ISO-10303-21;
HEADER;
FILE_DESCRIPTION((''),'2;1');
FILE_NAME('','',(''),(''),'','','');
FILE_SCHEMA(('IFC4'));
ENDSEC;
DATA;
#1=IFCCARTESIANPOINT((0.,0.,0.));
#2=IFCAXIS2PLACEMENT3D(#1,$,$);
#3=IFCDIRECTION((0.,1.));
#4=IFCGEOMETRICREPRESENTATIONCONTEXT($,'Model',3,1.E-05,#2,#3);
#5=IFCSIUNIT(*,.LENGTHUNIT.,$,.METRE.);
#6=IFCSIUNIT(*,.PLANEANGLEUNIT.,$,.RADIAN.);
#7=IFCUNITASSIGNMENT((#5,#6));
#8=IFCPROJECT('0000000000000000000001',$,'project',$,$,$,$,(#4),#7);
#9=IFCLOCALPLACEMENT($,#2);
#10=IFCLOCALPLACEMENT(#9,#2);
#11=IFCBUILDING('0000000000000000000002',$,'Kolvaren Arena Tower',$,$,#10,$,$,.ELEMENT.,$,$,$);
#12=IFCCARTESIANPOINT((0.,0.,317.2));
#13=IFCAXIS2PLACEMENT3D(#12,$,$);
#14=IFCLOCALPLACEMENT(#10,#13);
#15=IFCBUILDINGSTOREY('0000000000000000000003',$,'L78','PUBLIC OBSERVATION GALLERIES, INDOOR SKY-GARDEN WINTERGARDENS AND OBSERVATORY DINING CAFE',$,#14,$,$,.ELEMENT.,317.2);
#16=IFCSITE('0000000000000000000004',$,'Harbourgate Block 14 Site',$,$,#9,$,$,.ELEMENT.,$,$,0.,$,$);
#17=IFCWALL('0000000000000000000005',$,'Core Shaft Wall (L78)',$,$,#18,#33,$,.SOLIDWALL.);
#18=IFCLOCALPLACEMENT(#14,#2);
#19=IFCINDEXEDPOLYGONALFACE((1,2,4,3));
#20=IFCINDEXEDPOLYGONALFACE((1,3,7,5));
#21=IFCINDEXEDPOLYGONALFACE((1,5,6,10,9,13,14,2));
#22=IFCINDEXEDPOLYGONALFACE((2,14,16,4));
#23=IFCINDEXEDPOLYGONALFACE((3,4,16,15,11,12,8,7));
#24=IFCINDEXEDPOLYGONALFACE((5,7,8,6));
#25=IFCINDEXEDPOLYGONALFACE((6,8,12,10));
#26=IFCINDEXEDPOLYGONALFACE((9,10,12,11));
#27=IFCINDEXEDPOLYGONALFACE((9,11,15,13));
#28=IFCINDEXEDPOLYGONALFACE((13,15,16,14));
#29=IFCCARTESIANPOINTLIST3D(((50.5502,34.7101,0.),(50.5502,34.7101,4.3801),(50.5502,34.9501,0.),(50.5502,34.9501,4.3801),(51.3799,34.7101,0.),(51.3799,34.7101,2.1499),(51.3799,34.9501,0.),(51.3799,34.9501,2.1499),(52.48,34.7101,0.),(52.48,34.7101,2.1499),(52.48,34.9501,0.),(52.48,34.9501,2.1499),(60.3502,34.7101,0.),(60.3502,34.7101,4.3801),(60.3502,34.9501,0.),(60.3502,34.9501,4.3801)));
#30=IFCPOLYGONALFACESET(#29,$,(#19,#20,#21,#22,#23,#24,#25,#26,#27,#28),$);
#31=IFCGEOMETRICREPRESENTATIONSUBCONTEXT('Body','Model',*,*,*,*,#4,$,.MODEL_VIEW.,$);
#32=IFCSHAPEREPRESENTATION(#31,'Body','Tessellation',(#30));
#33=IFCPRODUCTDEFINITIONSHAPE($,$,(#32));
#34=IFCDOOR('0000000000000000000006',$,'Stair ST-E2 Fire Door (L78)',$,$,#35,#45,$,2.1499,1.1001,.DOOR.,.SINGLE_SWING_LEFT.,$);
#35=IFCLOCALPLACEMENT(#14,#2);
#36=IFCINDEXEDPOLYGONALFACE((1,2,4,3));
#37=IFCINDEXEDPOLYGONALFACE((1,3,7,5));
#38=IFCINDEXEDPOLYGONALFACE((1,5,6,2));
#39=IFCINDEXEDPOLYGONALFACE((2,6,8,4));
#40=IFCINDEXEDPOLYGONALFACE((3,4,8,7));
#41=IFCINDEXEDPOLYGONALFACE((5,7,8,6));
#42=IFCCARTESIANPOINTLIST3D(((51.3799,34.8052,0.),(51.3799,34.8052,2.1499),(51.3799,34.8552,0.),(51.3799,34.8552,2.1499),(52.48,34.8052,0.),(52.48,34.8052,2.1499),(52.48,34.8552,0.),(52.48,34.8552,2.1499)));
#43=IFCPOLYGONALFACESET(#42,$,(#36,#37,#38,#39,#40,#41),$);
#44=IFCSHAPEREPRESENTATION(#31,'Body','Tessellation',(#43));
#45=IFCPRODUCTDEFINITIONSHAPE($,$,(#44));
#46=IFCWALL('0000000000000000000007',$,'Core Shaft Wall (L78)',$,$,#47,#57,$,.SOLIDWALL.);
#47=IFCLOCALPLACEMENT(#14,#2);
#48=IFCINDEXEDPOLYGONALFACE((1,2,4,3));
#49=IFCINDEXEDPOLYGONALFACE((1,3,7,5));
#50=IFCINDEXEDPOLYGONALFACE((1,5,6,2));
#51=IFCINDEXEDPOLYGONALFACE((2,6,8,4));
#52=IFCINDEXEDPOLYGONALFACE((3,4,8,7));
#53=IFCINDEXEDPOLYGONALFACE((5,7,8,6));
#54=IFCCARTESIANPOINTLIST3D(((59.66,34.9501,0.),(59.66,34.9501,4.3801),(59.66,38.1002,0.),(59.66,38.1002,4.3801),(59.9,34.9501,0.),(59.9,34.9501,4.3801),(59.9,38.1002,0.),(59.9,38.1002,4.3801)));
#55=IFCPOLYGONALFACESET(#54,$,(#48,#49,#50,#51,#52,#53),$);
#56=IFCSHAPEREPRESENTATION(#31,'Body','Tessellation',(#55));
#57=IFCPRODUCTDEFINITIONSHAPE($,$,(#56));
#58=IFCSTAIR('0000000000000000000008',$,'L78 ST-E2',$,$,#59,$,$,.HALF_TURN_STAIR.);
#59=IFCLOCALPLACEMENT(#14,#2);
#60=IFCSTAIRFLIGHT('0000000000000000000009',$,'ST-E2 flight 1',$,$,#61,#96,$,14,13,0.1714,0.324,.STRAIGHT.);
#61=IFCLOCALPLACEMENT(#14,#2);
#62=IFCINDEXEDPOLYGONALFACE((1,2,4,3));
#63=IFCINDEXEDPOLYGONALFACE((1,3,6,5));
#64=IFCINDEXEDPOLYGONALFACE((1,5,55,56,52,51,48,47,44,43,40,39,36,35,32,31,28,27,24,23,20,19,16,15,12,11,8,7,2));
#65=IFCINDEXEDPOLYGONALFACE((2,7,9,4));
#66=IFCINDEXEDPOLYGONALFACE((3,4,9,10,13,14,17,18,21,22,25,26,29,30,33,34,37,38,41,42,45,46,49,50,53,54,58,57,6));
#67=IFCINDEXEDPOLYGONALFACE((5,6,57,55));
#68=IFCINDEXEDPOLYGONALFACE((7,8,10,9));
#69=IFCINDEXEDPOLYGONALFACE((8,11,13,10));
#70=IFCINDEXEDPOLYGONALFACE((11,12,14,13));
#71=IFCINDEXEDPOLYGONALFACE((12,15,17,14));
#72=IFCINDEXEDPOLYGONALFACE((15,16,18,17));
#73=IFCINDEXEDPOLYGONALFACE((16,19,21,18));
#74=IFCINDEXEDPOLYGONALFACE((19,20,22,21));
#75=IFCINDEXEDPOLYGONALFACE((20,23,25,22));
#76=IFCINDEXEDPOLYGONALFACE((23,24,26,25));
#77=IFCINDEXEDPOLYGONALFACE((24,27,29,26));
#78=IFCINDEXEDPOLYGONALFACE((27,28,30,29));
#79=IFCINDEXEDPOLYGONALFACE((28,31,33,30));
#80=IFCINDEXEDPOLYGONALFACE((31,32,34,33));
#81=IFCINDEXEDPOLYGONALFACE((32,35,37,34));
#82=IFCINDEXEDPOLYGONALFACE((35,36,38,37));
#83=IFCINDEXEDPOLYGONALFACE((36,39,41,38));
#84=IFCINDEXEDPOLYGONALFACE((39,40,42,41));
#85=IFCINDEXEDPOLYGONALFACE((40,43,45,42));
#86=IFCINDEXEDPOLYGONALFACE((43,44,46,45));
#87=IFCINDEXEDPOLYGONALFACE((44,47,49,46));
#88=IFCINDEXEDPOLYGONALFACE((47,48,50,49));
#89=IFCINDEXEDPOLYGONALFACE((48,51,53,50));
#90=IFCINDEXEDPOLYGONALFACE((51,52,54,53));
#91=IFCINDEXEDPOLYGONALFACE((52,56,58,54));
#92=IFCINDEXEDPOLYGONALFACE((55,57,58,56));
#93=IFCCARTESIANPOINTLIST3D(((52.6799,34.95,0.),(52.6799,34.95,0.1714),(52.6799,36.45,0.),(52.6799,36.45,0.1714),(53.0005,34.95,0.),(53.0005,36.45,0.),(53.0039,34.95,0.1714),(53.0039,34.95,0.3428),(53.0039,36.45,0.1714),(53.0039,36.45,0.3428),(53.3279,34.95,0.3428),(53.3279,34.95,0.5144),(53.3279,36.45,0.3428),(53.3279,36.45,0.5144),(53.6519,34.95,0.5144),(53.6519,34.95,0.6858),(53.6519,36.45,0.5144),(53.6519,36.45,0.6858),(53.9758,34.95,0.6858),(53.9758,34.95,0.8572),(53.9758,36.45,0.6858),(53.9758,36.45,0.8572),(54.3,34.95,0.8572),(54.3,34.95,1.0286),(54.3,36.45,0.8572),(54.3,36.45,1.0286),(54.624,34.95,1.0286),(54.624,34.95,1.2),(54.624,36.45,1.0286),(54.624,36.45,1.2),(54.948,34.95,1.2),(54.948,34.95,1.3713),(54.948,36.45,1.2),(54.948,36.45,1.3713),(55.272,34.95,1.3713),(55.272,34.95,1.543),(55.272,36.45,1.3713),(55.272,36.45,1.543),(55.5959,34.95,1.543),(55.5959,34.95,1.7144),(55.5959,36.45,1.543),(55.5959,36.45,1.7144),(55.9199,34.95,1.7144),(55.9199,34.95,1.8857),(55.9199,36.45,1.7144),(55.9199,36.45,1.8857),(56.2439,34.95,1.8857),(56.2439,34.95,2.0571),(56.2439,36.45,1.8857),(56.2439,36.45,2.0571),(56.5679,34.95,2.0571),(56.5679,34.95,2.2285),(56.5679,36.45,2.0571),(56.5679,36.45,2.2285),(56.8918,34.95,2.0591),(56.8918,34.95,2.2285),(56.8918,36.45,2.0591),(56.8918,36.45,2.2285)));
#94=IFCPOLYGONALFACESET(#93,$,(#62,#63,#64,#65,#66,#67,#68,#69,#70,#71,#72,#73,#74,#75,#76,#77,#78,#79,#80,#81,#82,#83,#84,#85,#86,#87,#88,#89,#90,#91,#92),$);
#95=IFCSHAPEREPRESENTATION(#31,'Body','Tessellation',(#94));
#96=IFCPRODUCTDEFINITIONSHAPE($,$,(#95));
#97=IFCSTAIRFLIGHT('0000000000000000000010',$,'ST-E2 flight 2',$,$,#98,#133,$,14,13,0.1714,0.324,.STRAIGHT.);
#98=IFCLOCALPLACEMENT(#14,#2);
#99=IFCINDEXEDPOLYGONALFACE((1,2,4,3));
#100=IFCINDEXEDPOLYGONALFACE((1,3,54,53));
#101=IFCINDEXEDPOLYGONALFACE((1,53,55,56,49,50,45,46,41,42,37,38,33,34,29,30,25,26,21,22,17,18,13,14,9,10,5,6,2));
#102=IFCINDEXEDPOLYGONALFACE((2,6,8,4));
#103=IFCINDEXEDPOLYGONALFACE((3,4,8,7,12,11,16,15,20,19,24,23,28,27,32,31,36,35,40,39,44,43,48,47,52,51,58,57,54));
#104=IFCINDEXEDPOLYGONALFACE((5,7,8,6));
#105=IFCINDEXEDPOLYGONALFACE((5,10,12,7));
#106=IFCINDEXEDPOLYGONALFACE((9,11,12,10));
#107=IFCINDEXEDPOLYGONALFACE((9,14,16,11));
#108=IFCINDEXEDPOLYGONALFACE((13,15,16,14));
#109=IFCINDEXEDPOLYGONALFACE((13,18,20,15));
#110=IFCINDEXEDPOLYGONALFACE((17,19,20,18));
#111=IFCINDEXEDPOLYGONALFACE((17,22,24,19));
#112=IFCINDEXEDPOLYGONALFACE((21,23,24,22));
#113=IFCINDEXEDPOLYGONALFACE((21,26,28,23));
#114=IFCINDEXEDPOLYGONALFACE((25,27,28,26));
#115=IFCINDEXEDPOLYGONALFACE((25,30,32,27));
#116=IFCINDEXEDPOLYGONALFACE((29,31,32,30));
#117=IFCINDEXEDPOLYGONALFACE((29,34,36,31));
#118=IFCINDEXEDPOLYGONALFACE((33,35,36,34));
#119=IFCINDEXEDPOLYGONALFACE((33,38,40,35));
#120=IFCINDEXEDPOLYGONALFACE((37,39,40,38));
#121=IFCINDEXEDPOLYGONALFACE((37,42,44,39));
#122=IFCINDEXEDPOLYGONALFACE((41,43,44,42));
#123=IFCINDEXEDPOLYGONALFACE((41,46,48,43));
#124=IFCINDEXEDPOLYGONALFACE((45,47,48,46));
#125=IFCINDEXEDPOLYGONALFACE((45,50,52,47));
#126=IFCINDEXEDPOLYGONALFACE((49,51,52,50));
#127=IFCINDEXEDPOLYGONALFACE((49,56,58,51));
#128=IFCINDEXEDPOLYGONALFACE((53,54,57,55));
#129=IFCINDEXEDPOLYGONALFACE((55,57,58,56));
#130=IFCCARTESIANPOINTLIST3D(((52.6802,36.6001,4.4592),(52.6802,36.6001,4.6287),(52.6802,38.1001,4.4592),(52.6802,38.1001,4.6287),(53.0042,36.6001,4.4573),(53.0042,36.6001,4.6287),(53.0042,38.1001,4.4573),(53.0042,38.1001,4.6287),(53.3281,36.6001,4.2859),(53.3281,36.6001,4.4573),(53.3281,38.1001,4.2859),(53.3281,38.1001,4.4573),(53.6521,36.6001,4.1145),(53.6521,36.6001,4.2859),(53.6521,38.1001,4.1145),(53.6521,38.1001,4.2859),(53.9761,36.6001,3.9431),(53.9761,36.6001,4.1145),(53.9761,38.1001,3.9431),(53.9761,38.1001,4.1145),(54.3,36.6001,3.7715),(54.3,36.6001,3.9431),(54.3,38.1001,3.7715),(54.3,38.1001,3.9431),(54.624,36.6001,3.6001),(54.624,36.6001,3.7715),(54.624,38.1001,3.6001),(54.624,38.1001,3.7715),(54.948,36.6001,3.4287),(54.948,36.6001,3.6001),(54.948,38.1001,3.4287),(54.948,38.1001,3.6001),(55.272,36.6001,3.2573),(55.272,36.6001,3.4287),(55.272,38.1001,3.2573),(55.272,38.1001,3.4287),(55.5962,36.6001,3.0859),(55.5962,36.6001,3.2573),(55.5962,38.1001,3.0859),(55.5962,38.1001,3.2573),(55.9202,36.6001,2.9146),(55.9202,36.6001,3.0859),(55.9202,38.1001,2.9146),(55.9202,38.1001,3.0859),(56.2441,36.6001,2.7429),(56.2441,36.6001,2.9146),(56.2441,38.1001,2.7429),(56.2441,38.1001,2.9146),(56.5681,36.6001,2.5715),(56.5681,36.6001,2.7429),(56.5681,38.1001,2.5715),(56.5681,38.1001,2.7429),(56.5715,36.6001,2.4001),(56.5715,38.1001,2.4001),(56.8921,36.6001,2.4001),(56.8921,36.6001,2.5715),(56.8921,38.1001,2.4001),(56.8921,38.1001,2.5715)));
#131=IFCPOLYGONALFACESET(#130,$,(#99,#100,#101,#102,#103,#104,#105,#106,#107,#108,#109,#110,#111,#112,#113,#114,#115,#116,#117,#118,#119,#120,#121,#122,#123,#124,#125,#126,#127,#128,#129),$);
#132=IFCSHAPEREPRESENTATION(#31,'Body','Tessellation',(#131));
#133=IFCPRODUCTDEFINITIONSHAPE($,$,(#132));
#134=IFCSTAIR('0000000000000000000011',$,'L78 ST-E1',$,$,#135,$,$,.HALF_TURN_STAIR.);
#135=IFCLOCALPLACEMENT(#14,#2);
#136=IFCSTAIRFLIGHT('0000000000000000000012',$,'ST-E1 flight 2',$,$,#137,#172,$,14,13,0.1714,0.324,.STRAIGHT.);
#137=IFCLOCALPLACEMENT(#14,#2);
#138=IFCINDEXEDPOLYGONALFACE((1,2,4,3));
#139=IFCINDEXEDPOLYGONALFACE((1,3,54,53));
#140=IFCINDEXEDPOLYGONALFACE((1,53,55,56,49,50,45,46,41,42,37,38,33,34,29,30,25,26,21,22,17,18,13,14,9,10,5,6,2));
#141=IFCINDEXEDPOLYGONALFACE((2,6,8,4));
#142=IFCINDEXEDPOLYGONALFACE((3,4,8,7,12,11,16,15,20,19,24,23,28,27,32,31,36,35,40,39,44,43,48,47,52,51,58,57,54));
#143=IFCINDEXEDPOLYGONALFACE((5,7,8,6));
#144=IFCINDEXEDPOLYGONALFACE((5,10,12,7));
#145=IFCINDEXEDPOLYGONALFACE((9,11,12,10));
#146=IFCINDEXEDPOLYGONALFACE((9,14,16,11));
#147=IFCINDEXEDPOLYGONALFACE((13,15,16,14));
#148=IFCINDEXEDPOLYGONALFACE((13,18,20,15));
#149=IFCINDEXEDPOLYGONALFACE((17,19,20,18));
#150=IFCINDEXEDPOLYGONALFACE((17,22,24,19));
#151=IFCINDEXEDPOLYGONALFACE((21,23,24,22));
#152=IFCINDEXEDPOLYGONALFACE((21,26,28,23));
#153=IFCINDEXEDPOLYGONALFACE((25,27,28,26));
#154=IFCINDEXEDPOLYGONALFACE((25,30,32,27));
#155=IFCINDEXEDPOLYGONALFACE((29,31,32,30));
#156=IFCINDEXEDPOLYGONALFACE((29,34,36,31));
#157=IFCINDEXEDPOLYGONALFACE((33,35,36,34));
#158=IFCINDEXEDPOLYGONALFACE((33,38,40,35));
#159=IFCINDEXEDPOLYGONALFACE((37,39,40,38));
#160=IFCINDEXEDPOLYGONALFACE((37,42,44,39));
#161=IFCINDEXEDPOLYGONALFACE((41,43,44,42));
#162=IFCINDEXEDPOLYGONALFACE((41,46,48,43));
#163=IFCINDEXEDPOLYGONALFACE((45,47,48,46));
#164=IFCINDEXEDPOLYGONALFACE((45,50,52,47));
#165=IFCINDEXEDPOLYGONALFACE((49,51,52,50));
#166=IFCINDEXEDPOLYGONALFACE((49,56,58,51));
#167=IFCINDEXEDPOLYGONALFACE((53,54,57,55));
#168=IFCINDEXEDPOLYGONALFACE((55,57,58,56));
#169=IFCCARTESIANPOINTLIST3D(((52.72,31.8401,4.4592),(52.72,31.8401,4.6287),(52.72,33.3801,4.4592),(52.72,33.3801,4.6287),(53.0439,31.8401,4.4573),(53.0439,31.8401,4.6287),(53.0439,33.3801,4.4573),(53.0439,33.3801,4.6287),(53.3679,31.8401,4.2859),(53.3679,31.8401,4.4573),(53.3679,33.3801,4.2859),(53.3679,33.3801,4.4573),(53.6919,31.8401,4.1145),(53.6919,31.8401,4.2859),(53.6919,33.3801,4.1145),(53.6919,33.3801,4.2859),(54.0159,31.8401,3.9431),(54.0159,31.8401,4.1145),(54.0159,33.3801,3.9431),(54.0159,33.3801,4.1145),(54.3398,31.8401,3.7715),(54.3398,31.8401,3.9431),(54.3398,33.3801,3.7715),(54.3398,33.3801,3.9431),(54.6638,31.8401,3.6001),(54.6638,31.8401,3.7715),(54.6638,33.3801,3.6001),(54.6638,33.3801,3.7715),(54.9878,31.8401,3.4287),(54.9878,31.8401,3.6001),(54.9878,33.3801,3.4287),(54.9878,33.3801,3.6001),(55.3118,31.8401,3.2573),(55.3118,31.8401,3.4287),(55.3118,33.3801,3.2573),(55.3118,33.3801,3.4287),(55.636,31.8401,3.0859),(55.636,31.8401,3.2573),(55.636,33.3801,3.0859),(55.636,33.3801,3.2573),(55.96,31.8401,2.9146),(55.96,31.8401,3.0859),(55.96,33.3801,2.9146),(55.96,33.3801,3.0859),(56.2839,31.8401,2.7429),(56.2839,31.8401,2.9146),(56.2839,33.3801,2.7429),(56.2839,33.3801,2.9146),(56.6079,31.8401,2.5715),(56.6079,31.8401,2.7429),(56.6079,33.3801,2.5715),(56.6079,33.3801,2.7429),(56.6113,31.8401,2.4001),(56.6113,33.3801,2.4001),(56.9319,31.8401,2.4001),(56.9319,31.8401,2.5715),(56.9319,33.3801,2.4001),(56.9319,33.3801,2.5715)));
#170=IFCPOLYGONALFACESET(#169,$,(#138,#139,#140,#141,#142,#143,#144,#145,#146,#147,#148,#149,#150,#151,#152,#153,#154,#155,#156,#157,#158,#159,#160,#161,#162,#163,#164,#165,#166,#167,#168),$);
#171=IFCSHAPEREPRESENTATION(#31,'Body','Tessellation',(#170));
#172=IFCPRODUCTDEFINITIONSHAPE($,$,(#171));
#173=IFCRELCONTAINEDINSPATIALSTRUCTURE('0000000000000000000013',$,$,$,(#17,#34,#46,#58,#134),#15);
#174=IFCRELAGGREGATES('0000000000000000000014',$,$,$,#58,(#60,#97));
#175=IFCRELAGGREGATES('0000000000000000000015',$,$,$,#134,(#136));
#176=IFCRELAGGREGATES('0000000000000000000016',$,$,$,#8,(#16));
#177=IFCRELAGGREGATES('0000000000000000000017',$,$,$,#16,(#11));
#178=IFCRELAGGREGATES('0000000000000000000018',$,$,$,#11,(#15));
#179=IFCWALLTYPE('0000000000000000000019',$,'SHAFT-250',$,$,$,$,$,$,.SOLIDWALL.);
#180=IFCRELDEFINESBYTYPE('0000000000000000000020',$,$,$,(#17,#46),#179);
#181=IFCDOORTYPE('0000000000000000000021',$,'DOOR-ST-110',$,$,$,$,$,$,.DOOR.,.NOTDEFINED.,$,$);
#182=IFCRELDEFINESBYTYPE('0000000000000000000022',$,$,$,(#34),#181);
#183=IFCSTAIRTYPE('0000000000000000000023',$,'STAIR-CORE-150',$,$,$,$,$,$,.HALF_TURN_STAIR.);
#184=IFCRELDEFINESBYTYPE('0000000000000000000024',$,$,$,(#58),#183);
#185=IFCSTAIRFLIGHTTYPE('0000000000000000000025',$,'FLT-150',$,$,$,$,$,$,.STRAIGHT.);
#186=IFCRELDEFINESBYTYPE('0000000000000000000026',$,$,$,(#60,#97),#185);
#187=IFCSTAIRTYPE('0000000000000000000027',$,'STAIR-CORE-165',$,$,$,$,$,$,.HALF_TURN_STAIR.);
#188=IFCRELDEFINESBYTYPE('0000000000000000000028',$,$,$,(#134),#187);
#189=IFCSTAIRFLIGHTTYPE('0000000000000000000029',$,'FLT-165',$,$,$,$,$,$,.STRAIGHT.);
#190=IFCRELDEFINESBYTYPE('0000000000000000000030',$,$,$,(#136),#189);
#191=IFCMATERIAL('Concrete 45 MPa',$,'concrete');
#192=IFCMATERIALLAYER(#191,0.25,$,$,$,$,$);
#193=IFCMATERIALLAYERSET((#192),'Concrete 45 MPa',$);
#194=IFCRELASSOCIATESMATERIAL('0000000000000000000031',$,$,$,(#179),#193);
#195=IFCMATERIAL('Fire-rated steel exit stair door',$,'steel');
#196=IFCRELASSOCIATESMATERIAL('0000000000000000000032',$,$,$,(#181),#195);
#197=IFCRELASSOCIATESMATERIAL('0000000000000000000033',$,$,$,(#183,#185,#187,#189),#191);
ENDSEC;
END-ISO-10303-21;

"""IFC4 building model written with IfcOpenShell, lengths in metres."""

from ifc_helpers import new_model, si_unit, direction, frame, frame_2d, origin, place, context, subcontext, project, spatial, polyline, rectangle, outline, extrude, material, layer, layer_set, type_object, element, fill, aggregate, save


model = new_model("IFC4")

# Units and contexts
model_context = context("Model", 3, precision=1e-05, world=origin(), true_north=direction((0.0, 1.0)))
body_context = subcontext(model_context, "Body", "Model", "MODEL_VIEW")
ifc_project = project(units=[si_unit("LENGTHUNIT", "METRE"), si_unit("PLANEANGLEUNIT", "RADIAN")], contexts=[model_context])

# Site, building, storey
site_placement = place(None, origin())
site = spatial("IfcSite", under=ifc_project, at=site_placement, Name="Harbourgate Block 14 Site", CompositionType="ELEMENT", RefElevation=0.0)
building_placement = place(site_placement, origin())
building = spatial("IfcBuilding", under=site, at=building_placement, Name="Kolvaren Arena Tower", CompositionType="ELEMENT")
storey_placement = place(building_placement, frame((0.0, 0.0, 317.2)))
storey = spatial("IfcBuildingStorey", under=building, at=storey_placement, Name="L78", Description="PUBLIC OBSERVATION GALLERIES, INDOOR SKY-GARDEN WINTERGARDENS AND OBSERVATORY DINING CAFE", CompositionType="ELEMENT", Elevation=317.2)

# Wall, opening, door
ifc_material_1 = material(Name="Concrete 45 MPa", Category="concrete")
ifc_layer = layer(ifc_material_1, 0.25)
ifc_layer_set = layer_set([ifc_layer], Name="Concrete 45 MPa")
wall_type = type_object("IfcWallType", Name="SHAFT-250", PredefinedType="SOLIDWALL", material=ifc_layer_set)
wall_1_placement = place(storey_placement, frame((60.3501, 34.8301, 0.0), z_axis=(0.0, 0.0, 1.0), x_axis=(-1.0, 0.0, 0.0)))
wall_1 = element("IfcWall", 1, at=wall_1_placement, inside=storey, type_object=wall_type, Name="Core Shaft Wall (L78)", PredefinedType="SOLIDWALL", context=body_context, shape_type="SweptSolid", body=[
    extrude(rectangle(XDim=9.8, YDim=0.24, at=frame_2d((4.8999, 0.0))), origin(), (0.0, 0.0, 1.0), 4.3801),
])
opening_placement = place(wall_1_placement, frame((7.8701, 0.0, 0.0)))
opening = element("IfcOpeningElement", 2, at=opening_placement, cuts=wall_1, PredefinedType="OPENING", context=body_context, shape_type="SweptSolid", body=[
    extrude(rectangle(XDim=1.1001, YDim=2.1499, at=frame_2d((0.55, 1.075))), frame((0.0, 0.1299, 0.0), z_axis=(0.0, -1.0, 0.0), x_axis=(1.0, 0.0, 0.0)), (0.0, 0.0, 1.0), 0.26),
])
ifc_material_2 = material(Name="Fire-rated steel exit stair door", Category="steel")
door_type = type_object("IfcDoorType", Name="DOOR-ST-110", OperationType="NOTDEFINED", PredefinedType="DOOR", material=ifc_material_2)
door_placement = place(opening_placement, origin())
door = element("IfcDoor", 3, at=door_placement, inside=storey, type_object=door_type, Name="Stair ST-E2 Fire Door (L78)", OperationType="SINGLE_SWING_LEFT", OverallHeight=2.1499, OverallWidth=1.1001, PredefinedType="DOOR", context=body_context, shape_type="SweptSolid", body=[
    extrude(rectangle(XDim=1.1001, YDim=2.1499, at=frame_2d((0.55, 1.075))), frame((0.0, 0.0249, 0.0), z_axis=(0.0, -1.0, 0.0), x_axis=(1.0, 0.0, 0.0)), (0.0, 0.0, 1.0), 0.05),
])
fill(opening, door)

# Wall
wall_2_placement = place(storey_placement, frame((59.78, 34.95, 0.0), z_axis=(0.0, 0.0, 1.0), x_axis=(0.0, 1.0, 0.0)))
element("IfcWall", 4, at=wall_2_placement, inside=storey, type_object=wall_type, Name="Core Shaft Wall (L78)", PredefinedType="SOLIDWALL", context=body_context, shape_type="SweptSolid", body=[
    extrude(rectangle(XDim=3.1501, YDim=0.24, at=frame_2d((1.5752, 0.0))), origin(), (0.0, 0.0, 1.0), 4.3801),
])

# Stair, stair flights
stair_type_1 = type_object("IfcStairType", Name="STAIR-CORE-150", PredefinedType="HALF_TURN_STAIR", material=ifc_material_1)
stair_1_placement = place(storey_placement, origin())
stair_1 = element("IfcStair", 5, at=stair_1_placement, inside=storey, type_object=stair_type_1, Name="L78 ST-E2", PredefinedType="HALF_TURN_STAIR")
stair_flight_type_1 = type_object("IfcStairFlightType", Name="FLT-150", PredefinedType="STRAIGHT", material=ifc_material_1)
stair_flight_1_placement = place(storey_placement, frame((52.6799, 35.7, 0.0), z_axis=(0.0, 0.0, 1.0), x_axis=(1.0, 0.0, 0.0)))
stair_flight_1 = element("IfcStairFlight", 6, at=stair_flight_1_placement, type_object=stair_flight_type_1, Name="ST-E2 flight 1", NumberOfRisers=14, NumberOfTreads=13, PredefinedType="STRAIGHT", RiserHeight=0.1714, TreadLength=0.324, context=body_context, shape_type="SweptSolid", body=[
    extrude(outline(polyline([(0.0, 0.0), (0.0, 0.1714), (0.324, 0.1714), (0.324, 0.3428), (0.6479, 0.3428), (0.6479, 0.5144), (0.9719, 0.5144), (0.9719, 0.6858), (1.2959, 0.6858), (1.2959, 0.8572), (1.6201, 0.8572), (1.6201, 1.0286), (1.9441, 1.0286), (1.9441, 1.2), (2.2681, 1.2), (2.2681, 1.3713), (2.592, 1.3713), (2.592, 1.543), (2.916, 1.543), (2.916, 1.7144), (3.24, 1.7144), (3.24, 1.8857), (3.564, 1.8857), (3.564, 2.0571), (3.8879, 2.0571), (3.8879, 2.2285), (4.2119, 2.2285), (4.2119, 2.3999), (4.2119, 2.0591), (0.3206, 0.0), (0.0, 0.0)])), frame((0.0, 0.75, 0.0), z_axis=(0.0, -1.0, 0.0), x_axis=(1.0, 0.0, 0.0)), (0.0, 0.0, 1.0), 1.5),
])
stair_flight_2_placement = place(storey_placement, frame((56.8921, 37.3501, 2.4001), z_axis=(0.0, 0.0, 1.0), x_axis=(-1.0, 0.0, 0.0)))
stair_flight_2 = element("IfcStairFlight", 7, at=stair_flight_2_placement, type_object=stair_flight_type_1, Name="ST-E2 flight 2", NumberOfRisers=14, NumberOfTreads=13, PredefinedType="STRAIGHT", RiserHeight=0.1714, TreadLength=0.324, context=body_context, shape_type="SweptSolid", body=[
    extrude(outline(polyline([(0.0, 0.0), (0.0, 0.1714), (0.324, 0.1714), (0.324, 0.3428), (0.6479, 0.3428), (0.6479, 0.5144), (0.9719, 0.5144), (0.9719, 0.6858), (1.2959, 0.6858), (1.2959, 0.8572), (1.6201, 0.8572), (1.6201, 1.0286), (1.9441, 1.0286), (1.9441, 1.2), (2.2681, 1.2), (2.2681, 1.3713), (2.592, 1.3713), (2.592, 1.543), (2.916, 1.543), (2.916, 1.7144), (3.24, 1.7144), (3.24, 1.8857), (3.564, 1.8857), (3.564, 2.0571), (3.8879, 2.0571), (3.8879, 2.2285), (4.2119, 2.2285), (4.2119, 2.3999), (4.2119, 2.0591), (0.3206, 0.0), (0.0, 0.0)])), frame((0.0, 0.75, 0.0), z_axis=(0.0, -1.0, 0.0), x_axis=(1.0, 0.0, 0.0)), (0.0, 0.0, 1.0), 1.5),
])
aggregate(stair_1, [stair_flight_1, stair_flight_2])

# Stair, stair flight
stair_type_2 = type_object("IfcStairType", Name="STAIR-CORE-165", PredefinedType="HALF_TURN_STAIR", material=ifc_material_1)
stair_2_placement = place(storey_placement, origin())
stair_2 = element("IfcStair", 8, at=stair_2_placement, inside=storey, type_object=stair_type_2, Name="L78 ST-E1", PredefinedType="HALF_TURN_STAIR")
stair_flight_type_2 = type_object("IfcStairFlightType", Name="FLT-165", PredefinedType="STRAIGHT", material=ifc_material_1)
stair_flight_3_placement = place(storey_placement, frame((56.9319, 32.6101, 2.4001), z_axis=(0.0, 0.0, 1.0), x_axis=(-1.0, 0.0, 0.0)))
stair_flight_3 = element("IfcStairFlight", 9, at=stair_flight_3_placement, type_object=stair_flight_type_2, Name="ST-E1 flight 2", NumberOfRisers=14, NumberOfTreads=13, PredefinedType="STRAIGHT", RiserHeight=0.1714, TreadLength=0.324, context=body_context, shape_type="SweptSolid", body=[
    extrude(outline(polyline([(0.0, 0.0), (0.0, 0.1714), (0.324, 0.1714), (0.324, 0.3428), (0.6479, 0.3428), (0.6479, 0.5144), (0.9719, 0.5144), (0.9719, 0.6858), (1.2959, 0.6858), (1.2959, 0.8572), (1.6201, 0.8572), (1.6201, 1.0286), (1.9441, 1.0286), (1.9441, 1.2), (2.2681, 1.2), (2.2681, 1.3713), (2.592, 1.3713), (2.592, 1.543), (2.916, 1.543), (2.916, 1.7144), (3.24, 1.7144), (3.24, 1.8857), (3.564, 1.8857), (3.564, 2.0571), (3.8879, 2.0571), (3.8879, 2.2285), (4.2119, 2.2285), (4.2119, 2.3999), (4.2119, 2.0591), (0.3206, 0.0), (0.0, 0.0)])), frame((0.0, 0.77, 0.0), z_axis=(0.0, -1.0, 0.0), x_axis=(1.0, 0.0, 0.0)), (0.0, 0.0, 1.0), 1.54),
])
aggregate(stair_2, [stair_flight_3])

save(model, "model.ifc")
